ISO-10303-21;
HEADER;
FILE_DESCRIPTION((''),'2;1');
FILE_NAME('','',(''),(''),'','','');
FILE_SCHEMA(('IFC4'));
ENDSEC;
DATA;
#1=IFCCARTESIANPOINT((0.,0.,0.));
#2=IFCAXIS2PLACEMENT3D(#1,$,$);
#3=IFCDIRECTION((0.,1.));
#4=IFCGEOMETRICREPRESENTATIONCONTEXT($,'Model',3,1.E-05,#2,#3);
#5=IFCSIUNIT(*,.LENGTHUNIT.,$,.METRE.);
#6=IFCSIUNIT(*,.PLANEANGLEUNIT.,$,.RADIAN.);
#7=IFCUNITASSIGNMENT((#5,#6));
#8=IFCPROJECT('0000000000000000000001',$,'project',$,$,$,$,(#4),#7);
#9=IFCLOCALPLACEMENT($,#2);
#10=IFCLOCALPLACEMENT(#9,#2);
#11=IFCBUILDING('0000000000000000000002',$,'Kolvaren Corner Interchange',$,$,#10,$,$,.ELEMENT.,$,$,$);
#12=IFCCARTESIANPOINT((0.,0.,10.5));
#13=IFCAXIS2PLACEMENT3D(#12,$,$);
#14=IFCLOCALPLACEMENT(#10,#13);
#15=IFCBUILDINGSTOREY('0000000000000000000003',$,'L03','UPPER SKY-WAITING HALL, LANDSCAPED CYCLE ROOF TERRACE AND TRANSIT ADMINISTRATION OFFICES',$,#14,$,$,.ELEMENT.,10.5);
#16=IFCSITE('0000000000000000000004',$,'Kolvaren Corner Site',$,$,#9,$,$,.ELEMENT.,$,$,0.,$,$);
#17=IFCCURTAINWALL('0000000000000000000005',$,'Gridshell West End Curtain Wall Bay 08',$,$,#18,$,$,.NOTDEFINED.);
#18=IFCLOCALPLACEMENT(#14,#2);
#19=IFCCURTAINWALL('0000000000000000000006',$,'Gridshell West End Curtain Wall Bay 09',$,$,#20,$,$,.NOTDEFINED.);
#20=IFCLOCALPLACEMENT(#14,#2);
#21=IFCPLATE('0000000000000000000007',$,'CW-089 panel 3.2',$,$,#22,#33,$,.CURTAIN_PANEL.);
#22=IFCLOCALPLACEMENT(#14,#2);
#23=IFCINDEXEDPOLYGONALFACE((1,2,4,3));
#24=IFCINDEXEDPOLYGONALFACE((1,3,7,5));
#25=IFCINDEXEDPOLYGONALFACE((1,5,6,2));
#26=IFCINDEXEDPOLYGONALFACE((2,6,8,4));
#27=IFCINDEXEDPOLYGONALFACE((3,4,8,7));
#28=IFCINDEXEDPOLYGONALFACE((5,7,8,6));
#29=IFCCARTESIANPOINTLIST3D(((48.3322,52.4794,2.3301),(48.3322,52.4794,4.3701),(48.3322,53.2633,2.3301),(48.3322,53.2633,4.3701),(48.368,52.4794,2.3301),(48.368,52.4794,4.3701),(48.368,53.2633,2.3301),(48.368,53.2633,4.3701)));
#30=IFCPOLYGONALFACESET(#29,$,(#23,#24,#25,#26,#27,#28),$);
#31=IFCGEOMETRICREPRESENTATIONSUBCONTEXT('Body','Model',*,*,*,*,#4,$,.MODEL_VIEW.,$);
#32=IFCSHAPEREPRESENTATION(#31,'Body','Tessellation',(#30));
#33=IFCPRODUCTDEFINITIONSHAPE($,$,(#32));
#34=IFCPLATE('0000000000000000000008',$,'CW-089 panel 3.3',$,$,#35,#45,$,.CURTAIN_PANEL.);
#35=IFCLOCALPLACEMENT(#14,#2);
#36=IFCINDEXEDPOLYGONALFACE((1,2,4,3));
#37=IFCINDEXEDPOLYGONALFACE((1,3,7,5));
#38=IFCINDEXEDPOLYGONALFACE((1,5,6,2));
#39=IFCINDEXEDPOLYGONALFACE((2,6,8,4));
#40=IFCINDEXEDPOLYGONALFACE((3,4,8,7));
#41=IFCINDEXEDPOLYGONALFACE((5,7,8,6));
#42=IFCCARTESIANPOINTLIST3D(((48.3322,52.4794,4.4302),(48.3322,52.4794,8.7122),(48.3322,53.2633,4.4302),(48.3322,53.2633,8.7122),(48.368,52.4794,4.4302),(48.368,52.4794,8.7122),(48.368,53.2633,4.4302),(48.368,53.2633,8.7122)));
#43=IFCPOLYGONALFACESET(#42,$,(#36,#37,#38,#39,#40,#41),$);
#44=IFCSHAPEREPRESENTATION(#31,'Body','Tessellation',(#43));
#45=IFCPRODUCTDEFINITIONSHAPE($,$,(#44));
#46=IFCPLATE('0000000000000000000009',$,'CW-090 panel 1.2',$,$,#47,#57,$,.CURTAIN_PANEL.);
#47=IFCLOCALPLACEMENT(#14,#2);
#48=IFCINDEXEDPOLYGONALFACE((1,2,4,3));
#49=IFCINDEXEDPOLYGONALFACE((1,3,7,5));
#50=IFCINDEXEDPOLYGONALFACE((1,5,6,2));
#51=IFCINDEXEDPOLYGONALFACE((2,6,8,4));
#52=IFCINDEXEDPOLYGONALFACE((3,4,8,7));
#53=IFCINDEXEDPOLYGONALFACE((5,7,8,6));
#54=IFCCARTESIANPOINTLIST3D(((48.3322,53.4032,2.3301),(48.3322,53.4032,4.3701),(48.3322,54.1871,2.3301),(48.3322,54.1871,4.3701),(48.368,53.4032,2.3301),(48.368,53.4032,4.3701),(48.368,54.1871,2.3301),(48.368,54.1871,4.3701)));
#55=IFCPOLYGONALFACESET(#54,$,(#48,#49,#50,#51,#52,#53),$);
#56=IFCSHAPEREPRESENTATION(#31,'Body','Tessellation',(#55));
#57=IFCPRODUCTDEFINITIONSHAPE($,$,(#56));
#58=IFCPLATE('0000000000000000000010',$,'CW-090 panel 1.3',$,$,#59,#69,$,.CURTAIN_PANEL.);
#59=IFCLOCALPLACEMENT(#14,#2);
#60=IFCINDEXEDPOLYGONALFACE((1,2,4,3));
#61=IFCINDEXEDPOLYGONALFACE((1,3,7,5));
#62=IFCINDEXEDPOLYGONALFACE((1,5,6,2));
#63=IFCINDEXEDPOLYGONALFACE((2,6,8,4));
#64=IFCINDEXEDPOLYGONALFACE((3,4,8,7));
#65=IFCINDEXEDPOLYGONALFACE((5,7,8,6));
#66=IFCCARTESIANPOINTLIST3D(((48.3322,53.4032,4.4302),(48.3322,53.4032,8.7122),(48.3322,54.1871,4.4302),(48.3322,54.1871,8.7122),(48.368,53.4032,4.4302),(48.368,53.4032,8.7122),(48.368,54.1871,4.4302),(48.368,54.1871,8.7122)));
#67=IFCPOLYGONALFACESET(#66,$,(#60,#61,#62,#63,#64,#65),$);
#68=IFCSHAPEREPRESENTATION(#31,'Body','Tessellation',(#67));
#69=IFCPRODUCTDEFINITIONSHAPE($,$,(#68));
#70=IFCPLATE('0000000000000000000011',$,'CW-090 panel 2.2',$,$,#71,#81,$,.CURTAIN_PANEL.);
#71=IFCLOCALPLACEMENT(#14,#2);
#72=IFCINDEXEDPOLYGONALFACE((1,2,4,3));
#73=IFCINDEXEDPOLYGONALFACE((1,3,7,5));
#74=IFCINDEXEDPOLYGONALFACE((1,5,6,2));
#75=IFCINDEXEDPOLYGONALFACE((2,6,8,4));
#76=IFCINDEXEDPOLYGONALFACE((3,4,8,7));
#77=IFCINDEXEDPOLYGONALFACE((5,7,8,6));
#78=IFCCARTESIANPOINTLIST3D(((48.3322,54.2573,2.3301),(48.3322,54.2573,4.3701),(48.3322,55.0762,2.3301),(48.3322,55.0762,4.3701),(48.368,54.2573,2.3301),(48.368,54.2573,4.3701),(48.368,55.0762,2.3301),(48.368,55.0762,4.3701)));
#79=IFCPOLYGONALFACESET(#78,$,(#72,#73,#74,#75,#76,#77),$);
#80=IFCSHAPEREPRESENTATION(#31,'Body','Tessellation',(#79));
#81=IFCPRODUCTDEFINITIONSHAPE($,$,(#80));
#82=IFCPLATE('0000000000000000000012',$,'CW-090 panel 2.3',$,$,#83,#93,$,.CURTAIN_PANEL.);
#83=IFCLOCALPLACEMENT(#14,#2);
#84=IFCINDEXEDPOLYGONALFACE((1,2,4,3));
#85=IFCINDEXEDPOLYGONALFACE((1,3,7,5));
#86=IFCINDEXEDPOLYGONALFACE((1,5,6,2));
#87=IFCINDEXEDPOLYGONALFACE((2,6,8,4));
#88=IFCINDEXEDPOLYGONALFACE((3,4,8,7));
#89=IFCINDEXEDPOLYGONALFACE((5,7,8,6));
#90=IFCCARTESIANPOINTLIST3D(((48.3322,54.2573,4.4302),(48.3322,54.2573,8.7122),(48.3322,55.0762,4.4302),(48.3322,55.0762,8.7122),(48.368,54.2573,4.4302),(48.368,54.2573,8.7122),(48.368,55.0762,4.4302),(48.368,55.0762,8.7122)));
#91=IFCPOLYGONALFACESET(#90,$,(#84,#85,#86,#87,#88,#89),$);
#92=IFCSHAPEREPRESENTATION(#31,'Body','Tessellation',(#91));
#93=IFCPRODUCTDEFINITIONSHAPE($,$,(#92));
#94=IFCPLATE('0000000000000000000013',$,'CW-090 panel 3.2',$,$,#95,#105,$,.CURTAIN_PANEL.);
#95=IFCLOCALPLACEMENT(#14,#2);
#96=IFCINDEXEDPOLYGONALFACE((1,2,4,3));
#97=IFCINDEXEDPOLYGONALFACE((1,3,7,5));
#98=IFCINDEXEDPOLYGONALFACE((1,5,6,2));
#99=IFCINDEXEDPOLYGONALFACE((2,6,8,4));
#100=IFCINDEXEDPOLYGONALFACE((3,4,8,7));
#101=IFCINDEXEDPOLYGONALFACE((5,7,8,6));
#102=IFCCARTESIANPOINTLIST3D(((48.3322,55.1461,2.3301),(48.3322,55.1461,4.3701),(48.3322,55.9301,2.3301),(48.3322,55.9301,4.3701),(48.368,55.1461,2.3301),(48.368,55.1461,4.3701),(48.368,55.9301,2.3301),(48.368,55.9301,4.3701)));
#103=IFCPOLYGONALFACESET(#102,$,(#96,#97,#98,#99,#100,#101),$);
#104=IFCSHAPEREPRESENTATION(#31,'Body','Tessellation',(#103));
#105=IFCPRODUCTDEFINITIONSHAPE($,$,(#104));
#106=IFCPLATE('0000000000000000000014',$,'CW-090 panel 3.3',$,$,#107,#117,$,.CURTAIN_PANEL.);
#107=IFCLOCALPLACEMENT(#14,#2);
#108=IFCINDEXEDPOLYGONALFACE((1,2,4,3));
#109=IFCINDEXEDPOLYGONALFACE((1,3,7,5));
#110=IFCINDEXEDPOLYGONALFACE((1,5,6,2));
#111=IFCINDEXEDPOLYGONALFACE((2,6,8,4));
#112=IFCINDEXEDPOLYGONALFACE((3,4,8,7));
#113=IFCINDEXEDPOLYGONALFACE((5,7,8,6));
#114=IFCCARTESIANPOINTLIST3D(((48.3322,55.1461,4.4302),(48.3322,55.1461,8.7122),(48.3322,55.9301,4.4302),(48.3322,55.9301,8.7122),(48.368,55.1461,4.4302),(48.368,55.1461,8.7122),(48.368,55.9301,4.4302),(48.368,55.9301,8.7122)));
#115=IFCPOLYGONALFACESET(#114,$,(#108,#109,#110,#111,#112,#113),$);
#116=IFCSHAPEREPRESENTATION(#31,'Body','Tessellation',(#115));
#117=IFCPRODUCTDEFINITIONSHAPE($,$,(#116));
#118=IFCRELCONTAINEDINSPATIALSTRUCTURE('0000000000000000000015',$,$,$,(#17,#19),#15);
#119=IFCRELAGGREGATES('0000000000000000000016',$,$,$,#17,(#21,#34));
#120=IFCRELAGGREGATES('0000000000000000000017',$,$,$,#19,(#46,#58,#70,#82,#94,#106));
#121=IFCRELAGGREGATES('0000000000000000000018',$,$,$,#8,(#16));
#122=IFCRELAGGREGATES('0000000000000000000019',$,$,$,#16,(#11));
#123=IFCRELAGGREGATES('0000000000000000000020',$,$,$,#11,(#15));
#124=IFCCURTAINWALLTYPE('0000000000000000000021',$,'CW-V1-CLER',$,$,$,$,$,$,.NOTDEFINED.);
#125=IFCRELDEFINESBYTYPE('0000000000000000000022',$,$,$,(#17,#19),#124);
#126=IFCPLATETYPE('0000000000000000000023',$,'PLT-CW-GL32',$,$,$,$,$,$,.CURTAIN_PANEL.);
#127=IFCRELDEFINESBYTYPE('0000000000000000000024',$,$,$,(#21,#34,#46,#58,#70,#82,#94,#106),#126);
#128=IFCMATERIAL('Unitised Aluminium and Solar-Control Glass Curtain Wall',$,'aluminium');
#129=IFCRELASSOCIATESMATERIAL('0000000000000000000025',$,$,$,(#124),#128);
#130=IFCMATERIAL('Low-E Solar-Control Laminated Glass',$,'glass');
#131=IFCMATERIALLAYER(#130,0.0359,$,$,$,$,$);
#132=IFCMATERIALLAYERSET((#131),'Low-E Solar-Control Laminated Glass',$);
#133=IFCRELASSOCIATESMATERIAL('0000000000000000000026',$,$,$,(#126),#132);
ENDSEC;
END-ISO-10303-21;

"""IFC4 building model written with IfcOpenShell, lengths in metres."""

from ifc_helpers import new_model, si_unit, direction, frame, origin, origin_2d, place, context, subcontext, project, spatial, rectangle, extrude, material, layer, layer_set, type_object, element, aggregate, save


model = new_model("IFC4")

# Units and contexts
model_context = context("Model", 3, precision=1e-05, world=origin(), true_north=direction((0.0, 1.0)))
body_context = subcontext(model_context, "Body", "Model", "MODEL_VIEW")
ifc_project = project(units=[si_unit("LENGTHUNIT", "METRE"), si_unit("PLANEANGLEUNIT", "RADIAN")], contexts=[model_context])

# Site, building, storey
site_placement = place(None, origin())
site = spatial("IfcSite", under=ifc_project, at=site_placement, Name="Kolvaren Corner Site", CompositionType="ELEMENT", RefElevation=0.0)
building_placement = place(site_placement, origin())
building = spatial("IfcBuilding", under=site, at=building_placement, Name="Kolvaren Corner Interchange", CompositionType="ELEMENT")
storey_placement = place(building_placement, frame((0.0, 0.0, 10.5)))
storey = spatial("IfcBuildingStorey", under=building, at=storey_placement, Name="L03", Description="UPPER SKY-WAITING HALL, LANDSCAPED CYCLE ROOF TERRACE AND TRANSIT ADMINISTRATION OFFICES", CompositionType="ELEMENT", Elevation=10.5)

# Curtain walls
ifc_material_1 = material(Name="Unitised Aluminium and Solar-Control Glass Curtain Wall", Category="aluminium")
curtain_wall_type = type_object("IfcCurtainWallType", Name="CW-V1-CLER", PredefinedType="NOTDEFINED", material=ifc_material_1)
curtain_wall_1_placement = place(storey_placement, origin())
curtain_wall_1 = element("IfcCurtainWall", 1, at=curtain_wall_1_placement, inside=storey, type_object=curtain_wall_type, Name="Gridshell West End Curtain Wall Bay 08", PredefinedType="NOTDEFINED")
curtain_wall_2_placement = place(storey_placement, origin())
curtain_wall_2 = element("IfcCurtainWall", 2, at=curtain_wall_2_placement, inside=storey, type_object=curtain_wall_type, Name="Gridshell West End Curtain Wall Bay 09", PredefinedType="NOTDEFINED")

# Plates
ifc_material_2 = material(Name="Low-E Solar-Control Laminated Glass", Category="glass")
ifc_layer = layer(ifc_material_2, 0.0359)
ifc_layer_set = layer_set([ifc_layer], Name="Low-E Solar-Control Laminated Glass")
plate_type = type_object("IfcPlateType", Name="PLT-CW-GL32", PredefinedType="CURTAIN_PANEL", material=ifc_layer_set)
plate_1_placement = place(storey_placement, frame((48.3501, 52.8713, 2.3301), z_axis=(0.0, 0.0, 1.0), x_axis=(0.0, 1.0, 0.0)))
plate_1 = element("IfcPlate", 3, at=plate_1_placement, type_object=plate_type, Name="CW-089 panel 3.2", PredefinedType="CURTAIN_PANEL", context=body_context, shape_type="SweptSolid", body=[
    extrude(rectangle(XDim=0.7839, YDim=0.0359, at=origin_2d()), origin(), (0.0, 0.0, 1.0), 2.04),
])
plate_2_placement = place(storey_placement, frame((48.3501, 52.8713, 4.4302), z_axis=(0.0, 0.0, 1.0), x_axis=(0.0, 1.0, 0.0)))
plate_2 = element("IfcPlate", 4, at=plate_2_placement, type_object=plate_type, Name="CW-089 panel 3.3", PredefinedType="CURTAIN_PANEL", context=body_context, shape_type="SweptSolid", body=[
    extrude(rectangle(XDim=0.7839, YDim=0.0359, at=origin_2d()), origin(), (0.0, 0.0, 1.0), 4.282),
])
aggregate(curtain_wall_1, [plate_1, plate_2])
plate_3_placement = place(storey_placement, frame((48.3501, 53.7952, 2.3301), z_axis=(0.0, 0.0, 1.0), x_axis=(0.0, 1.0, 0.0)))
plate_3 = element("IfcPlate", 5, at=plate_3_placement, type_object=plate_type, Name="CW-090 panel 1.2", PredefinedType="CURTAIN_PANEL", context=body_context, shape_type="SweptSolid", body=[
    extrude(rectangle(XDim=0.7839, YDim=0.0359, at=origin_2d()), origin(), (0.0, 0.0, 1.0), 2.04),
])
plate_4_placement = place(storey_placement, frame((48.3501, 53.7952, 4.4302), z_axis=(0.0, 0.0, 1.0), x_axis=(0.0, 1.0, 0.0)))
plate_4 = element("IfcPlate", 6, at=plate_4_placement, type_object=plate_type, Name="CW-090 panel 1.3", PredefinedType="CURTAIN_PANEL", context=body_context, shape_type="SweptSolid", body=[
    extrude(rectangle(XDim=0.7839, YDim=0.0359, at=origin_2d()), origin(), (0.0, 0.0, 1.0), 4.282),
])
plate_5_placement = place(storey_placement, frame((48.3501, 54.6667, 2.3301), z_axis=(0.0, 0.0, 1.0), x_axis=(0.0, 1.0, 0.0)))
plate_5 = element("IfcPlate", 7, at=plate_5_placement, type_object=plate_type, Name="CW-090 panel 2.2", PredefinedType="CURTAIN_PANEL", context=body_context, shape_type="SweptSolid", body=[
    extrude(rectangle(XDim=0.8188, YDim=0.0359, at=origin_2d()), origin(), (0.0, 0.0, 1.0), 2.04),
])
plate_6_placement = place(storey_placement, frame((48.3501, 54.6667, 4.4302), z_axis=(0.0, 0.0, 1.0), x_axis=(0.0, 1.0, 0.0)))
plate_6 = element("IfcPlate", 8, at=plate_6_placement, type_object=plate_type, Name="CW-090 panel 2.3", PredefinedType="CURTAIN_PANEL", context=body_context, shape_type="SweptSolid", body=[
    extrude(rectangle(XDim=0.8188, YDim=0.0359, at=origin_2d()), origin(), (0.0, 0.0, 1.0), 4.282),
])
plate_7_placement = place(storey_placement, frame((48.3501, 55.5381, 2.3301), z_axis=(0.0, 0.0, 1.0), x_axis=(0.0, 1.0, 0.0)))
plate_7 = element("IfcPlate", 9, at=plate_7_placement, type_object=plate_type, Name="CW-090 panel 3.2", PredefinedType="CURTAIN_PANEL", context=body_context, shape_type="SweptSolid", body=[
    extrude(rectangle(XDim=0.7839, YDim=0.0359, at=origin_2d()), origin(), (0.0, 0.0, 1.0), 2.04),
])
plate_8_placement = place(storey_placement, frame((48.3501, 55.5381, 4.4302), z_axis=(0.0, 0.0, 1.0), x_axis=(0.0, 1.0, 0.0)))
plate_8 = element("IfcPlate", 10, at=plate_8_placement, type_object=plate_type, Name="CW-090 panel 3.3", PredefinedType="CURTAIN_PANEL", context=body_context, shape_type="SweptSolid", body=[
    extrude(rectangle(XDim=0.7839, YDim=0.0359, at=origin_2d()), origin(), (0.0, 0.0, 1.0), 4.282),
])
aggregate(curtain_wall_2, [plate_3, plate_4, plate_5, plate_6, plate_7, plate_8])

save(model, "model.ifc")
